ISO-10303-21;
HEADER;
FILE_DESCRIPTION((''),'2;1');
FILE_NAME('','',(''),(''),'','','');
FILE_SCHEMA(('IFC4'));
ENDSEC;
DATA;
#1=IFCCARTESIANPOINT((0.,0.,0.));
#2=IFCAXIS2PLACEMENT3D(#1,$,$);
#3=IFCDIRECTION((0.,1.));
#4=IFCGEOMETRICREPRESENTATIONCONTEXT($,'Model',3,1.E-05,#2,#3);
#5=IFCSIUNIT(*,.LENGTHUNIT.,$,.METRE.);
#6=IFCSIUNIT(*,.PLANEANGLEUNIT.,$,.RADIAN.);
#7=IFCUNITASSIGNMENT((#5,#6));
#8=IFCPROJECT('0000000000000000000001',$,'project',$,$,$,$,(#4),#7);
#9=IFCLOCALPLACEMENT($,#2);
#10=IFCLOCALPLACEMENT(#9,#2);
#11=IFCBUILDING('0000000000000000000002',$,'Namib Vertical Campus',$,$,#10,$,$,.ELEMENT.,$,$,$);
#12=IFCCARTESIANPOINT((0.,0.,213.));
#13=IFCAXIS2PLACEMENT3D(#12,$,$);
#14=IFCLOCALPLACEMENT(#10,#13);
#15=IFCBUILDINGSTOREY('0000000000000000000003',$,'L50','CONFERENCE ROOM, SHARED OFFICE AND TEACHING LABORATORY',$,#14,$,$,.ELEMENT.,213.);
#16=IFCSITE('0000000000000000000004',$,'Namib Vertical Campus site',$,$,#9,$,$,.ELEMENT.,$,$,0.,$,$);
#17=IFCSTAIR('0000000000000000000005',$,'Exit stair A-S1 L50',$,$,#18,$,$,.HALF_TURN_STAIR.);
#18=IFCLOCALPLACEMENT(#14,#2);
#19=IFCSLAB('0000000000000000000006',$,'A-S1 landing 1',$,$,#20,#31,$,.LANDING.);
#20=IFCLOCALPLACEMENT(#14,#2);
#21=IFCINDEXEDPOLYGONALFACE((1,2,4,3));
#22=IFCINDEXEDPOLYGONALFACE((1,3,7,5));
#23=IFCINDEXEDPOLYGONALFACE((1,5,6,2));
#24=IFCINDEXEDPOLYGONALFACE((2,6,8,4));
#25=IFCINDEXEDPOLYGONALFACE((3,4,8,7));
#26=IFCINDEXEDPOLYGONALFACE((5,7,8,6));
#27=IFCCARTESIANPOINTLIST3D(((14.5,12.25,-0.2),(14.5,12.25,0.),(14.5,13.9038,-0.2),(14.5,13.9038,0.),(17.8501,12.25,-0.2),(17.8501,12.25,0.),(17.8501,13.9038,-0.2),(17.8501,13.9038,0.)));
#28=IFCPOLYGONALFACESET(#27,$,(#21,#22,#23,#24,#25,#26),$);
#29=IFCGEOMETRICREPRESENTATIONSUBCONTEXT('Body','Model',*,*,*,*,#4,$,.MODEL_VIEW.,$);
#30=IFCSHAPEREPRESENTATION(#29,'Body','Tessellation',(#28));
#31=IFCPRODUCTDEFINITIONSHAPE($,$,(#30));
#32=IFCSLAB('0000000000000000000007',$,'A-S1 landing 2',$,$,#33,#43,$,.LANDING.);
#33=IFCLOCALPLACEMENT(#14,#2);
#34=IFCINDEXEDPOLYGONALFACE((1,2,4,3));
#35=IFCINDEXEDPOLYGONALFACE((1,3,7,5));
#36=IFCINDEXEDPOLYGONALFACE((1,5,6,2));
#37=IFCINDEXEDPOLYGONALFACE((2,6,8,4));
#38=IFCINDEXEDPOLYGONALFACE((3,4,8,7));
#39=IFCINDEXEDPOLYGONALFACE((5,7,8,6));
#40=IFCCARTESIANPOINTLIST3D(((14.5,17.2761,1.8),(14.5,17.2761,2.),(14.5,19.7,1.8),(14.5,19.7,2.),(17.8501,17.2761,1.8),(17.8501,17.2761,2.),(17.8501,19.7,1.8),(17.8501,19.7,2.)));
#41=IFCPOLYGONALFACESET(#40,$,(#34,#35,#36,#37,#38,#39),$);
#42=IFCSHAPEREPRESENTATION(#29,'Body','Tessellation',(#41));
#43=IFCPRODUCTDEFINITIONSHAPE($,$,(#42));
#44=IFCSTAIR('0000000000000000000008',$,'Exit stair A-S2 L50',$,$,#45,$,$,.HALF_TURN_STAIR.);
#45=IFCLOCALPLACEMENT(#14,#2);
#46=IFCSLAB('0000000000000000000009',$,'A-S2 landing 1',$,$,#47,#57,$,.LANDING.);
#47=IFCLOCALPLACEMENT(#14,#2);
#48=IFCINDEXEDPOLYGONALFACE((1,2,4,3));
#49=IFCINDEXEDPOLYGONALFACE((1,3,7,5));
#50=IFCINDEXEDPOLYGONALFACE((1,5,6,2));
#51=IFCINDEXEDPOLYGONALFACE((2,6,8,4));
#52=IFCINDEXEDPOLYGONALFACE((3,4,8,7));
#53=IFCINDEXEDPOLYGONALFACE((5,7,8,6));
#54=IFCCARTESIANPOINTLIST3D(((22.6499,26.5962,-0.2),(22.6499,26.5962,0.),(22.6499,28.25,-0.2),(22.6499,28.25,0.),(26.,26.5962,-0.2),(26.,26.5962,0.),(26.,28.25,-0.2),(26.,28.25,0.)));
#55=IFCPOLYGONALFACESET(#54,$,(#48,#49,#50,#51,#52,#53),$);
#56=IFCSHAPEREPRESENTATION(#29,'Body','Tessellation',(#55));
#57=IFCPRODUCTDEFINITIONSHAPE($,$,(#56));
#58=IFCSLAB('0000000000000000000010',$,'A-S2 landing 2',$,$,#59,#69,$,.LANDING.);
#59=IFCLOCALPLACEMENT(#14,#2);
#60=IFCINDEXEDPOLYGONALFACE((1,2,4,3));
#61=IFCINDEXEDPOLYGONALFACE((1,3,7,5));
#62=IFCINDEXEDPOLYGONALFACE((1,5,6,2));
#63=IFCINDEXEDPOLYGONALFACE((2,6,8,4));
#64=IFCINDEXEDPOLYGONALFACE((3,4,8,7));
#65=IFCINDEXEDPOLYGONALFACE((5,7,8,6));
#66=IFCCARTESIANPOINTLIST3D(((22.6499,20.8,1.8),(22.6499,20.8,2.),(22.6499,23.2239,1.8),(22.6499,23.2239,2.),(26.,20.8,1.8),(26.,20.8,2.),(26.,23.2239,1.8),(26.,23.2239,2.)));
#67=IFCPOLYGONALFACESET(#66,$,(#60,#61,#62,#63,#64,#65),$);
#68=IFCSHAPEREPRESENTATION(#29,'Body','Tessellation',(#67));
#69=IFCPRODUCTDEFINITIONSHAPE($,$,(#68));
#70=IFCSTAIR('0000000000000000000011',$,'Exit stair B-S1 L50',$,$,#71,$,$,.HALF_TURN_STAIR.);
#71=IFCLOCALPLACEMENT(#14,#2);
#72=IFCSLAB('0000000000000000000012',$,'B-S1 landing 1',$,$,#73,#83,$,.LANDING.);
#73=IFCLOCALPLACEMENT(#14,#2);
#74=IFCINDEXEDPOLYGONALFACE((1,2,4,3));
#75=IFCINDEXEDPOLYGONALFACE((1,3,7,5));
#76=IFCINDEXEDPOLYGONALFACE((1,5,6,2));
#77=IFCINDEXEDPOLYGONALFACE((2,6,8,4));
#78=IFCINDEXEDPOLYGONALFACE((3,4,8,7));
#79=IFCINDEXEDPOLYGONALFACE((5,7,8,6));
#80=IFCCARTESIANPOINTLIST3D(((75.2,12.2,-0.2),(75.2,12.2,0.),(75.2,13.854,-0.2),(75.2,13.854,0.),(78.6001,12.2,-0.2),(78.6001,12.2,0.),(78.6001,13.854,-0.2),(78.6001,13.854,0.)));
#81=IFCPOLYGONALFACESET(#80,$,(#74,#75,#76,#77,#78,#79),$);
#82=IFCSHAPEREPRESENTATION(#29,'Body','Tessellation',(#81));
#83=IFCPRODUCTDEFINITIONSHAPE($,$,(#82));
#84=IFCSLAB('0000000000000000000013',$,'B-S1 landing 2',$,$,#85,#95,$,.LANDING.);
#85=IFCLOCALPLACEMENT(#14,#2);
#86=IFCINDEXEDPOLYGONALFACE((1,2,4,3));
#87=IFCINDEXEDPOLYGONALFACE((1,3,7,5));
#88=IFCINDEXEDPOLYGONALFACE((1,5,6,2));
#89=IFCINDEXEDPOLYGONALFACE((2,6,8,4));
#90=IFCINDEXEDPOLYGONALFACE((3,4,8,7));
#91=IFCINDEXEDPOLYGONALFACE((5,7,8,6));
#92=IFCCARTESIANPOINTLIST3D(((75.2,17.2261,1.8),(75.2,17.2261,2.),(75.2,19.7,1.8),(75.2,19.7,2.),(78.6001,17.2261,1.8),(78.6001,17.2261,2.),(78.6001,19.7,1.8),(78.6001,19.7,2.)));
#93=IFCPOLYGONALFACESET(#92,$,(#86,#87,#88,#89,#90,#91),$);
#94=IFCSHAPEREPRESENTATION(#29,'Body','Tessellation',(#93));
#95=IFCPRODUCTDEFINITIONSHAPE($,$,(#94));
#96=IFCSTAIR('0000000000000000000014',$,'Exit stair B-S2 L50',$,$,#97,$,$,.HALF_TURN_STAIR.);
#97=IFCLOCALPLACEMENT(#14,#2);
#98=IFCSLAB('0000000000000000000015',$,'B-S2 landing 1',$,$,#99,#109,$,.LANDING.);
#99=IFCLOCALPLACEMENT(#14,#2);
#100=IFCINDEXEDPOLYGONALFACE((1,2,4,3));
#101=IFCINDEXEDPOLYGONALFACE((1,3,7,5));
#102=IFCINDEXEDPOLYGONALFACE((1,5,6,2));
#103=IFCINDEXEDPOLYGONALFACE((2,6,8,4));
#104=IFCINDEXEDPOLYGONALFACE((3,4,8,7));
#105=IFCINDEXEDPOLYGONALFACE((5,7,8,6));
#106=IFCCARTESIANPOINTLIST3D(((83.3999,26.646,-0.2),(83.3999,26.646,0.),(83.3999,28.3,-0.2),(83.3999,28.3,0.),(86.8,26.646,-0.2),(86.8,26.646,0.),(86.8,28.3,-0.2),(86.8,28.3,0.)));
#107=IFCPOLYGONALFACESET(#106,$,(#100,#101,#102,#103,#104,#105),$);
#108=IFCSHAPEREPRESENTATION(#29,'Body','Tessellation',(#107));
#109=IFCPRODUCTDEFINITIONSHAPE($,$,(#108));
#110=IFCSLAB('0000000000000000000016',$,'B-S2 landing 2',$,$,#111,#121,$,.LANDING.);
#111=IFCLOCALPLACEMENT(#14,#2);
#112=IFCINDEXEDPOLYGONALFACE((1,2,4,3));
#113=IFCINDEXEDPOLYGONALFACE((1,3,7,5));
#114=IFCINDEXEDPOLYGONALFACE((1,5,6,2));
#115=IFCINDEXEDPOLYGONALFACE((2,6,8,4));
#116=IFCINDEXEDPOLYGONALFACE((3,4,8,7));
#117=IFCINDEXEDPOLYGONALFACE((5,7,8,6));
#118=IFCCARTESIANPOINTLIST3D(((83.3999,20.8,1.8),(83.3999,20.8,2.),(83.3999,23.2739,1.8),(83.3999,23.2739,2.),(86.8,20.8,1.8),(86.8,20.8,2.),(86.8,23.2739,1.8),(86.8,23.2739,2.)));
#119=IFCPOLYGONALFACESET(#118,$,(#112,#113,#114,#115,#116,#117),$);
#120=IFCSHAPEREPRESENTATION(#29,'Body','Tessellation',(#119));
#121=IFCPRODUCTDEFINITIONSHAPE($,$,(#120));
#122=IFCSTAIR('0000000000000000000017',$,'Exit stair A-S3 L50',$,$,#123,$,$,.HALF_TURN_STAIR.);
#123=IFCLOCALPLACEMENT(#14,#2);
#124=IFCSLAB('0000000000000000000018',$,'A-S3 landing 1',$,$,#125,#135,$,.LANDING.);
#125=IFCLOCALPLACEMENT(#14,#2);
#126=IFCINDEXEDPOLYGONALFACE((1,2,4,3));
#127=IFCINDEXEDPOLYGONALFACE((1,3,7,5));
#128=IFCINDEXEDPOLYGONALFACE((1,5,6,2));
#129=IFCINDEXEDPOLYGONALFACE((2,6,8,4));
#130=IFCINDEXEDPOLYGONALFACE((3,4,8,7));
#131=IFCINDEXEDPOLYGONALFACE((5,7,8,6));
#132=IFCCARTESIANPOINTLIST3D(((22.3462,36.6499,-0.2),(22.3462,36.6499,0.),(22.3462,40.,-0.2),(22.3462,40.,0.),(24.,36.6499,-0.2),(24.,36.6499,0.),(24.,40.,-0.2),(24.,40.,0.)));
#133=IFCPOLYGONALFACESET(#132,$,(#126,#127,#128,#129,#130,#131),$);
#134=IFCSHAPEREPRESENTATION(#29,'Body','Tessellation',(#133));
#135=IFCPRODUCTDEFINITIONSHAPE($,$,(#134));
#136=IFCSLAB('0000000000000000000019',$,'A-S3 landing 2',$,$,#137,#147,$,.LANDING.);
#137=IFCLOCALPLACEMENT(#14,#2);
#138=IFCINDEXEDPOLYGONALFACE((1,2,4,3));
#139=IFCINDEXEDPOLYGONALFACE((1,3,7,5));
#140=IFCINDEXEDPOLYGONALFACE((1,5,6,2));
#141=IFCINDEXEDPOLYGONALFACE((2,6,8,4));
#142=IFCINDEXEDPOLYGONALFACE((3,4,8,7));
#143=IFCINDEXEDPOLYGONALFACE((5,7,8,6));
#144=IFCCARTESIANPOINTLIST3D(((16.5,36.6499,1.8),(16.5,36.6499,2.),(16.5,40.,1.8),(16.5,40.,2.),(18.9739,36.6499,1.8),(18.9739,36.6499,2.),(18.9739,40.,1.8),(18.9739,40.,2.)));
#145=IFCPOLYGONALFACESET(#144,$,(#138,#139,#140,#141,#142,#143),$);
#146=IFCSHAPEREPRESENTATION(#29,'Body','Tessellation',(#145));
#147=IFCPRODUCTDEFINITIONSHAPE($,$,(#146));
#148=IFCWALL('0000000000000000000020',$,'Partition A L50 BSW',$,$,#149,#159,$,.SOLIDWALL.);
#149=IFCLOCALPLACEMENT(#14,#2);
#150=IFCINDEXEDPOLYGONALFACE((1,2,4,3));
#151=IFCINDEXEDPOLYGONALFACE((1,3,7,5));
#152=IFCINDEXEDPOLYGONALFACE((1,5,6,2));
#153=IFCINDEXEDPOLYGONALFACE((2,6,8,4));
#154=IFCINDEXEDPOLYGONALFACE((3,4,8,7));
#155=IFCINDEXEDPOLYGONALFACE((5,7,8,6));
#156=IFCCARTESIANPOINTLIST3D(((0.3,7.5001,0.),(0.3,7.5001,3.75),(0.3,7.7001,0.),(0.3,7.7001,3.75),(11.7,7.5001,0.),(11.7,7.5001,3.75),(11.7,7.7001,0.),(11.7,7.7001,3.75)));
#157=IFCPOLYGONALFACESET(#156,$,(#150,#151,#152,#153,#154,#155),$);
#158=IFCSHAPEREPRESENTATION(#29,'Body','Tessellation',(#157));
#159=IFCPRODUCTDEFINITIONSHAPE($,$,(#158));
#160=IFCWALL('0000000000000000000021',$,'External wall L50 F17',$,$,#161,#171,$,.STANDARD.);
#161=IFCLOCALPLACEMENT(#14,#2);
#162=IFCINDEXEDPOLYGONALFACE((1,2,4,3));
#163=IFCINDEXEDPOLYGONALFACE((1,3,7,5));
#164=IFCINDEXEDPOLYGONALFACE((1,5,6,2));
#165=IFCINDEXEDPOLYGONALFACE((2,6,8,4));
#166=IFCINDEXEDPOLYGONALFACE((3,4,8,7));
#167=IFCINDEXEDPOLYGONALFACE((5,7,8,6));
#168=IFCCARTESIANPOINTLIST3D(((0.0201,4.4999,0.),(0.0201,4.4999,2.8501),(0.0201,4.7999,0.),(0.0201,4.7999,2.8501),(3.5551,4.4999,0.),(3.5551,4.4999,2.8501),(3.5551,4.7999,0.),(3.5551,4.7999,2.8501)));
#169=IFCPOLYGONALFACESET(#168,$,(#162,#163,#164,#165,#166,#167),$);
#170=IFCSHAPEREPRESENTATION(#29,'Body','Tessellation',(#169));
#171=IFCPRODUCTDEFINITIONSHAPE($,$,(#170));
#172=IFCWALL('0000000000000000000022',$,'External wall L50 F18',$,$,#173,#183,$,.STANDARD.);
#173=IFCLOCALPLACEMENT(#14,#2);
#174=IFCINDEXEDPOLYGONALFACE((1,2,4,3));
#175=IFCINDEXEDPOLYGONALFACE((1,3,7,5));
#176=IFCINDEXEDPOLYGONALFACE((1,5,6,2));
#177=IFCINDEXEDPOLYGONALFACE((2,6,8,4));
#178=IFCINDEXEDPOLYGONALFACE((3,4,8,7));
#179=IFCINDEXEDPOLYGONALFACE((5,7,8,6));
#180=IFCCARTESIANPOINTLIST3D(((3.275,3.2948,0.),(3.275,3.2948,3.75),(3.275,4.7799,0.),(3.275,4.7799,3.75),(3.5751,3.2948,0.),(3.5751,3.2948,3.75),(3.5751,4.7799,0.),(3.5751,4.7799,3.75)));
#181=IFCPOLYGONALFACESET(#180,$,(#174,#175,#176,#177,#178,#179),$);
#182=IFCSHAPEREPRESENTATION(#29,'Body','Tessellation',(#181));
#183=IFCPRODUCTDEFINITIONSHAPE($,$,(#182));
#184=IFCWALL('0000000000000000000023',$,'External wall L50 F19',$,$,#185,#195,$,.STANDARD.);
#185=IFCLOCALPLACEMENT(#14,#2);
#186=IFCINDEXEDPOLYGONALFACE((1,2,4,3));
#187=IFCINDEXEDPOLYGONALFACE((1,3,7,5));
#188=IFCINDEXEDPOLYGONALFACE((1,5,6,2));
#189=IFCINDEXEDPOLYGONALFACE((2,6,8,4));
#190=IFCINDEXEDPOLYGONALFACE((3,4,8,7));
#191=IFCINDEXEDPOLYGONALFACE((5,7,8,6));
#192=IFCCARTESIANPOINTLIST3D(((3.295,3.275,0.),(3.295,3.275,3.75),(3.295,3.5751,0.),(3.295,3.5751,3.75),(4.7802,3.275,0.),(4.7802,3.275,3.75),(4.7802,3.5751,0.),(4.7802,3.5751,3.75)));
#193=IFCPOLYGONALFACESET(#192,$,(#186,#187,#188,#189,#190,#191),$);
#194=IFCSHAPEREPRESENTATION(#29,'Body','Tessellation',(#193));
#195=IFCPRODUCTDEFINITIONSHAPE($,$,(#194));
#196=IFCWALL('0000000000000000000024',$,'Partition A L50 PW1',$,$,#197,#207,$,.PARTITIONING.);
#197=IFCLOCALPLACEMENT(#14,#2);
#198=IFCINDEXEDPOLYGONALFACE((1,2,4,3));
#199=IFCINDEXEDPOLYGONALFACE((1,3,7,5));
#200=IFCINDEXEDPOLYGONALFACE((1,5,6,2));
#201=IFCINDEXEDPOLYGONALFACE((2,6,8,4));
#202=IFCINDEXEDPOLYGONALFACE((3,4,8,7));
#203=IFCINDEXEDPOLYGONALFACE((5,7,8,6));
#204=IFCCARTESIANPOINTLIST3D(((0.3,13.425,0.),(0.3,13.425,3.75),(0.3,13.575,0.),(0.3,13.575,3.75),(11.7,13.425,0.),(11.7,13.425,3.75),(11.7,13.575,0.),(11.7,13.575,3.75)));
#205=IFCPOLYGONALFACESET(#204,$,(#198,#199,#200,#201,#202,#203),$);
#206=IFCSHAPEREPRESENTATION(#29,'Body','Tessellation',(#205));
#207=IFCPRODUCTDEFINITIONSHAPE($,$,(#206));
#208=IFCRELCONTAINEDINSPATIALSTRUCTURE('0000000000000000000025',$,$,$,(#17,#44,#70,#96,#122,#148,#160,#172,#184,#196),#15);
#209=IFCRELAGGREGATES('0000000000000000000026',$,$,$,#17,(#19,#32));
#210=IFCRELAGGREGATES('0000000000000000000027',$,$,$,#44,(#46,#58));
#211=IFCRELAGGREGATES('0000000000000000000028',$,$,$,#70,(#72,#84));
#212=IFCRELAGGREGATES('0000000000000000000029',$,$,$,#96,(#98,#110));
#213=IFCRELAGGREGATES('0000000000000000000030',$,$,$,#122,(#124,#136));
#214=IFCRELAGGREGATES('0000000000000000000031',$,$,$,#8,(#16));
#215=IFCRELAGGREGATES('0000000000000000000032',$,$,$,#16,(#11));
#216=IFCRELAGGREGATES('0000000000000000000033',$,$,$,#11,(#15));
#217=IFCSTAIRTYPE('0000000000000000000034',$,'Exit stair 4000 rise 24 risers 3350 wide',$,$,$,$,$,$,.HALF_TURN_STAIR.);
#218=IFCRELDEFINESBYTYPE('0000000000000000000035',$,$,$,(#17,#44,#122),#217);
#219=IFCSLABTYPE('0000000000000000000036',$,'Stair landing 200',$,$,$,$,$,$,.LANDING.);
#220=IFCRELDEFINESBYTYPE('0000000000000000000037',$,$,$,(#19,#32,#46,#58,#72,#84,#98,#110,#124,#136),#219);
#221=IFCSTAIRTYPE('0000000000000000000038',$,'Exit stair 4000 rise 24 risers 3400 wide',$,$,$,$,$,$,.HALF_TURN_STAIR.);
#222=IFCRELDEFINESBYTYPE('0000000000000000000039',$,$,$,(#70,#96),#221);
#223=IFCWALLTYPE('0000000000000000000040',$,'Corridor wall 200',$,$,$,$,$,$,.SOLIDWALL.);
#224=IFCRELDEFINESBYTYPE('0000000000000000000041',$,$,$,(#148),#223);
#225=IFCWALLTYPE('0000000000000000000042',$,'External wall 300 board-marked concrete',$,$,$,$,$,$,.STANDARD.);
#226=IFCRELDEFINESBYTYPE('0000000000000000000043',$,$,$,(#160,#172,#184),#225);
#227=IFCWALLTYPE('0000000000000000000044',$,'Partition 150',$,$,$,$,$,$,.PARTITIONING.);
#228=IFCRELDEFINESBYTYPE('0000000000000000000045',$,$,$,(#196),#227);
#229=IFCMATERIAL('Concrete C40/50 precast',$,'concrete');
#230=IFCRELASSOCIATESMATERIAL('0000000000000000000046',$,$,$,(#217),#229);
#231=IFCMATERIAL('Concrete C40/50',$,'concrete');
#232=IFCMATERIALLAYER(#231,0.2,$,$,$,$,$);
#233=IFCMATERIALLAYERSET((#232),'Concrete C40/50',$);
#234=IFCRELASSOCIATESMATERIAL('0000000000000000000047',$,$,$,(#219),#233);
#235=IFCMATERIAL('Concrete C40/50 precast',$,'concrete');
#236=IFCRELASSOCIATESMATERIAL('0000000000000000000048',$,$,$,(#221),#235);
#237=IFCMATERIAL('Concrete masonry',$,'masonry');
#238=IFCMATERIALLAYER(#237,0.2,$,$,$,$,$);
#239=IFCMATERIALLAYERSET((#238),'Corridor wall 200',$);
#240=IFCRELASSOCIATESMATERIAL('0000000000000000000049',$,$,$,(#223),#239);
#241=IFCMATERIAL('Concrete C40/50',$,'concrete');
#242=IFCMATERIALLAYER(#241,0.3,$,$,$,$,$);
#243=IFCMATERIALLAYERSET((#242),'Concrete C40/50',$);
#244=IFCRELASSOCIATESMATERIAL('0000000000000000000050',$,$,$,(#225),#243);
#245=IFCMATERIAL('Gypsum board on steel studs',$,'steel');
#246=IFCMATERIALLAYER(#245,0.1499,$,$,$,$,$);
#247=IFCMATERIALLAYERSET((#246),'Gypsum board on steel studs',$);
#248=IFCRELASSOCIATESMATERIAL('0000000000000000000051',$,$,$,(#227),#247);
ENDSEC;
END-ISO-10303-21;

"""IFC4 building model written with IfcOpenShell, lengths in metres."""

from ifc_helpers import new_model, si_unit, direction, frame, frame_2d, origin, place, context, subcontext, project, spatial, polyline, rectangle, outline, extrude, material, layer, layer_set, type_object, element, aggregate, save


model = new_model("IFC4")

# Units and contexts
model_context = context("Model", 3, precision=1e-05, world=origin(), true_north=direction((0.0, 1.0)))
body_context = subcontext(model_context, "Body", "Model", "MODEL_VIEW")
ifc_project = project(units=[si_unit("LENGTHUNIT", "METRE"), si_unit("PLANEANGLEUNIT", "RADIAN")], contexts=[model_context])

# Site, building, storey
site_placement = place(None, origin())
site = spatial("IfcSite", under=ifc_project, at=site_placement, Name="Namib Vertical Campus site", CompositionType="ELEMENT", RefElevation=0.0)
building_placement = place(site_placement, origin())
building = spatial("IfcBuilding", under=site, at=building_placement, Name="Namib Vertical Campus", CompositionType="ELEMENT")
storey_placement = place(building_placement, frame((0.0, 0.0, 213.0)))
storey = spatial("IfcBuildingStorey", under=building, at=storey_placement, Name="L50", Description="CONFERENCE ROOM, SHARED OFFICE AND TEACHING LABORATORY", CompositionType="ELEMENT", Elevation=213.0)

# Stairs, slabs
ifc_material_1 = material(Name="Concrete C40/50 precast", Category="concrete")
stair_type_1 = type_object("IfcStairType", Name="Exit stair 4000 rise 24 risers 3350 wide", PredefinedType="HALF_TURN_STAIR", material=ifc_material_1)
stair_1_placement = place(storey_placement, origin())
stair_1 = element("IfcStair", 1, at=stair_1_placement, inside=storey, type_object=stair_type_1, Name="Exit stair A-S1 L50", PredefinedType="HALF_TURN_STAIR")
ifc_material_2 = material(Name="Concrete C40/50", Category="concrete")
ifc_layer_1 = layer(ifc_material_2, 0.2)
ifc_layer_set_1 = layer_set([ifc_layer_1], Name="Concrete C40/50")
slab_type_1 = type_object("IfcSlabType", Name="Stair landing 200", PredefinedType="LANDING", material=ifc_layer_set_1)
slab_1_placement = place(storey_placement, frame((0.0, 0.0, -0.2)))
slab_1 = element("IfcSlab", 2, at=slab_1_placement, type_object=slab_type_1, Name="A-S1 landing 1", PredefinedType="LANDING", context=body_context, shape_type="SweptSolid", body=[
    extrude(outline(polyline([(14.5, 12.25), (17.8501, 12.25), (17.8501, 13.9038), (14.5, 13.9038), (14.5, 12.25)])), origin(), (0.0, 0.0, 1.0), 0.2),
])
slab_2_placement = place(storey_placement, frame((0.0, 0.0, 1.8)))
slab_2 = element("IfcSlab", 3, at=slab_2_placement, type_object=slab_type_1, Name="A-S1 landing 2", PredefinedType="LANDING", context=body_context, shape_type="SweptSolid", body=[
    extrude(outline(polyline([(14.5, 17.2761), (17.8501, 17.2761), (17.8501, 19.7), (14.5, 19.7), (14.5, 17.2761)])), origin(), (0.0, 0.0, 1.0), 0.2),
])
aggregate(stair_1, [slab_1, slab_2])
stair_2_placement = place(storey_placement, origin())
stair_2 = element("IfcStair", 4, at=stair_2_placement, inside=storey, type_object=stair_type_1, Name="Exit stair A-S2 L50", PredefinedType="HALF_TURN_STAIR")
slab_3_placement = place(storey_placement, frame((0.0, 0.0, -0.2)))
slab_3 = element("IfcSlab", 5, at=slab_3_placement, type_object=slab_type_1, Name="A-S2 landing 1", PredefinedType="LANDING", context=body_context, shape_type="SweptSolid", body=[
    extrude(outline(polyline([(22.6499, 26.5962), (26.0, 26.5962), (26.0, 28.25), (22.6499, 28.25), (22.6499, 26.5962)])), origin(), (0.0, 0.0, 1.0), 0.2),
])
slab_4_placement = place(storey_placement, frame((0.0, 0.0, 1.8)))
slab_4 = element("IfcSlab", 6, at=slab_4_placement, type_object=slab_type_1, Name="A-S2 landing 2", PredefinedType="LANDING", context=body_context, shape_type="SweptSolid", body=[
    extrude(outline(polyline([(22.6499, 20.8), (26.0, 20.8), (26.0, 23.2239), (22.6499, 23.2239), (22.6499, 20.8)])), origin(), (0.0, 0.0, 1.0), 0.2),
])
aggregate(stair_2, [slab_3, slab_4])
ifc_material_3 = material(Name="Concrete C40/50 precast", Category="concrete")
stair_type_2 = type_object("IfcStairType", Name="Exit stair 4000 rise 24 risers 3400 wide", PredefinedType="HALF_TURN_STAIR", material=ifc_material_3)
stair_3_placement = place(storey_placement, origin())
stair_3 = element("IfcStair", 7, at=stair_3_placement, inside=storey, type_object=stair_type_2, Name="Exit stair B-S1 L50", PredefinedType="HALF_TURN_STAIR")
slab_5_placement = place(storey_placement, frame((0.0, 0.0, -0.2)))
slab_5 = element("IfcSlab", 8, at=slab_5_placement, type_object=slab_type_1, Name="B-S1 landing 1", PredefinedType="LANDING", context=body_context, shape_type="SweptSolid", body=[
    extrude(outline(polyline([(75.2, 12.2), (78.6001, 12.2), (78.6001, 13.854), (75.2, 13.854), (75.2, 12.2)])), origin(), (0.0, 0.0, 1.0), 0.2),
])
slab_6_placement = place(storey_placement, frame((0.0, 0.0, 1.8)))
slab_6 = element("IfcSlab", 9, at=slab_6_placement, type_object=slab_type_1, Name="B-S1 landing 2", PredefinedType="LANDING", context=body_context, shape_type="SweptSolid", body=[
    extrude(outline(polyline([(75.2, 17.2261), (78.6001, 17.2261), (78.6001, 19.7), (75.2, 19.7), (75.2, 17.2261)])), origin(), (0.0, 0.0, 1.0), 0.2),
])
aggregate(stair_3, [slab_5, slab_6])
stair_4_placement = place(storey_placement, origin())
stair_4 = element("IfcStair", 10, at=stair_4_placement, inside=storey, type_object=stair_type_2, Name="Exit stair B-S2 L50", PredefinedType="HALF_TURN_STAIR")
slab_7_placement = place(storey_placement, frame((0.0, 0.0, -0.2)))
slab_7 = element("IfcSlab", 11, at=slab_7_placement, type_object=slab_type_1, Name="B-S2 landing 1", PredefinedType="LANDING", context=body_context, shape_type="SweptSolid", body=[
    extrude(outline(polyline([(83.3999, 26.646), (86.8, 26.646), (86.8, 28.3), (83.3999, 28.3), (83.3999, 26.646)])), origin(), (0.0, 0.0, 1.0), 0.2),
])
slab_8_placement = place(storey_placement, frame((0.0, 0.0, 1.8)))
slab_8 = element("IfcSlab", 12, at=slab_8_placement, type_object=slab_type_1, Name="B-S2 landing 2", PredefinedType="LANDING", context=body_context, shape_type="SweptSolid", body=[
    extrude(outline(polyline([(83.3999, 20.8), (86.8, 20.8), (86.8, 23.2739), (83.3999, 23.2739), (83.3999, 20.8)])), origin(), (0.0, 0.0, 1.0), 0.2),
])
aggregate(stair_4, [slab_7, slab_8])
stair_5_placement = place(storey_placement, origin())
stair_5 = element("IfcStair", 13, at=stair_5_placement, inside=storey, type_object=stair_type_1, Name="Exit stair A-S3 L50", PredefinedType="HALF_TURN_STAIR")
slab_9_placement = place(storey_placement, frame((0.0, 0.0, -0.2)))
slab_9 = element("IfcSlab", 14, at=slab_9_placement, type_object=slab_type_1, Name="A-S3 landing 1", PredefinedType="LANDING", context=body_context, shape_type="SweptSolid", body=[
    extrude(outline(polyline([(22.3462, 36.6499), (22.3462, 40.0), (24.0, 40.0), (24.0, 36.6499), (22.3462, 36.6499)])), origin(), (0.0, 0.0, 1.0), 0.2),
])
slab_10_placement = place(storey_placement, frame((0.0, 0.0, 1.8)))
slab_10 = element("IfcSlab", 15, at=slab_10_placement, type_object=slab_type_1, Name="A-S3 landing 2", PredefinedType="LANDING", context=body_context, shape_type="SweptSolid", body=[
    extrude(outline(polyline([(16.5, 36.6499), (16.5, 40.0), (18.9739, 40.0), (18.9739, 36.6499), (16.5, 36.6499)])), origin(), (0.0, 0.0, 1.0), 0.2),
])
aggregate(stair_5, [slab_9, slab_10])

# Walls
ifc_material_4 = material(Name="Concrete masonry", Category="masonry")
ifc_layer_2 = layer(ifc_material_4, 0.2)
ifc_layer_set_2 = layer_set([ifc_layer_2], Name="Corridor wall 200")
wall_type_1 = type_object("IfcWallType", Name="Corridor wall 200", PredefinedType="SOLIDWALL", material=ifc_layer_set_2)
wall_1_placement = place(storey_placement, frame((0.3, 7.6001, 0.0), z_axis=(0.0, 0.0, 1.0), x_axis=(1.0, 0.0, 0.0)))
element("IfcWall", 16, at=wall_1_placement, inside=storey, type_object=wall_type_1, Name="Partition A L50 BSW", PredefinedType="SOLIDWALL", context=body_context, shape_type="SweptSolid", body=[
    extrude(rectangle(XDim=11.3999, YDim=0.2, at=frame_2d((5.7, 0.0))), origin(), (0.0, 0.0, 1.0), 3.75),
])
ifc_material_5 = material(Name="Concrete C40/50", Category="concrete")
ifc_layer_3 = layer(ifc_material_5, 0.3)
ifc_layer_set_3 = layer_set([ifc_layer_3], Name="Concrete C40/50")
wall_type_2 = type_object("IfcWallType", Name="External wall 300 board-marked concrete", PredefinedType="STANDARD", material=ifc_layer_set_3)
wall_2_placement = place(storey_placement, frame((0.02, 4.6499, 0.0), z_axis=(0.0, 0.0, 1.0), x_axis=(1.0, 0.0, 0.0)))
element("IfcWall", 17, at=wall_2_placement, inside=storey, type_object=wall_type_2, Name="External wall L50 F17", PredefinedType="STANDARD", context=body_context, shape_type="SweptSolid", body=[
    extrude(rectangle(XDim=3.5349, YDim=0.3, at=frame_2d((1.7676, 0.0))), origin(), (0.0, 0.0, 1.0), 2.8501),
])
for number, where, z_axis, x_axis, name in (
    (18, (3.425, 4.78, 0.0), (0.0, 0.0, 1.0), (0.0, -1.0, 0.0), "External wall L50 F18"),
    (19, (3.2949, 3.425, 0.0), (0.0, 0.0, 1.0), (1.0, 0.0, 0.0), "External wall L50 F19"),
):
    element("IfcWall", number, at=place(storey_placement, frame(where, z_axis=z_axis, x_axis=x_axis)), inside=storey, type_object=wall_type_2, Name=name, PredefinedType="STANDARD", context=body_context, shape_type="SweptSolid", body=[
        extrude(rectangle(XDim=1.4851, YDim=0.3, at=frame_2d((0.7427, 0.0))), origin(), (0.0, 0.0, 1.0), 3.75),
    ])
ifc_material_6 = material(Name="Gypsum board on steel studs", Category="steel")
ifc_layer_4 = layer(ifc_material_6, 0.1499)
ifc_layer_set_4 = layer_set([ifc_layer_4], Name="Gypsum board on steel studs")
wall_type_3 = type_object("IfcWallType", Name="Partition 150", PredefinedType="PARTITIONING", material=ifc_layer_set_4)
wall_3_placement = place(storey_placement, frame((0.3, 13.5, 0.0), z_axis=(0.0, 0.0, 1.0), x_axis=(1.0, 0.0, 0.0)))
element("IfcWall", 20, at=wall_3_placement, inside=storey, type_object=wall_type_3, Name="Partition A L50 PW1", PredefinedType="PARTITIONING", context=body_context, shape_type="SweptSolid", body=[
    extrude(rectangle(XDim=11.3999, YDim=0.1499, at=frame_2d((5.7, 0.0))), origin(), (0.0, 0.0, 1.0), 3.75),
])

save(model, "model.ifc")
